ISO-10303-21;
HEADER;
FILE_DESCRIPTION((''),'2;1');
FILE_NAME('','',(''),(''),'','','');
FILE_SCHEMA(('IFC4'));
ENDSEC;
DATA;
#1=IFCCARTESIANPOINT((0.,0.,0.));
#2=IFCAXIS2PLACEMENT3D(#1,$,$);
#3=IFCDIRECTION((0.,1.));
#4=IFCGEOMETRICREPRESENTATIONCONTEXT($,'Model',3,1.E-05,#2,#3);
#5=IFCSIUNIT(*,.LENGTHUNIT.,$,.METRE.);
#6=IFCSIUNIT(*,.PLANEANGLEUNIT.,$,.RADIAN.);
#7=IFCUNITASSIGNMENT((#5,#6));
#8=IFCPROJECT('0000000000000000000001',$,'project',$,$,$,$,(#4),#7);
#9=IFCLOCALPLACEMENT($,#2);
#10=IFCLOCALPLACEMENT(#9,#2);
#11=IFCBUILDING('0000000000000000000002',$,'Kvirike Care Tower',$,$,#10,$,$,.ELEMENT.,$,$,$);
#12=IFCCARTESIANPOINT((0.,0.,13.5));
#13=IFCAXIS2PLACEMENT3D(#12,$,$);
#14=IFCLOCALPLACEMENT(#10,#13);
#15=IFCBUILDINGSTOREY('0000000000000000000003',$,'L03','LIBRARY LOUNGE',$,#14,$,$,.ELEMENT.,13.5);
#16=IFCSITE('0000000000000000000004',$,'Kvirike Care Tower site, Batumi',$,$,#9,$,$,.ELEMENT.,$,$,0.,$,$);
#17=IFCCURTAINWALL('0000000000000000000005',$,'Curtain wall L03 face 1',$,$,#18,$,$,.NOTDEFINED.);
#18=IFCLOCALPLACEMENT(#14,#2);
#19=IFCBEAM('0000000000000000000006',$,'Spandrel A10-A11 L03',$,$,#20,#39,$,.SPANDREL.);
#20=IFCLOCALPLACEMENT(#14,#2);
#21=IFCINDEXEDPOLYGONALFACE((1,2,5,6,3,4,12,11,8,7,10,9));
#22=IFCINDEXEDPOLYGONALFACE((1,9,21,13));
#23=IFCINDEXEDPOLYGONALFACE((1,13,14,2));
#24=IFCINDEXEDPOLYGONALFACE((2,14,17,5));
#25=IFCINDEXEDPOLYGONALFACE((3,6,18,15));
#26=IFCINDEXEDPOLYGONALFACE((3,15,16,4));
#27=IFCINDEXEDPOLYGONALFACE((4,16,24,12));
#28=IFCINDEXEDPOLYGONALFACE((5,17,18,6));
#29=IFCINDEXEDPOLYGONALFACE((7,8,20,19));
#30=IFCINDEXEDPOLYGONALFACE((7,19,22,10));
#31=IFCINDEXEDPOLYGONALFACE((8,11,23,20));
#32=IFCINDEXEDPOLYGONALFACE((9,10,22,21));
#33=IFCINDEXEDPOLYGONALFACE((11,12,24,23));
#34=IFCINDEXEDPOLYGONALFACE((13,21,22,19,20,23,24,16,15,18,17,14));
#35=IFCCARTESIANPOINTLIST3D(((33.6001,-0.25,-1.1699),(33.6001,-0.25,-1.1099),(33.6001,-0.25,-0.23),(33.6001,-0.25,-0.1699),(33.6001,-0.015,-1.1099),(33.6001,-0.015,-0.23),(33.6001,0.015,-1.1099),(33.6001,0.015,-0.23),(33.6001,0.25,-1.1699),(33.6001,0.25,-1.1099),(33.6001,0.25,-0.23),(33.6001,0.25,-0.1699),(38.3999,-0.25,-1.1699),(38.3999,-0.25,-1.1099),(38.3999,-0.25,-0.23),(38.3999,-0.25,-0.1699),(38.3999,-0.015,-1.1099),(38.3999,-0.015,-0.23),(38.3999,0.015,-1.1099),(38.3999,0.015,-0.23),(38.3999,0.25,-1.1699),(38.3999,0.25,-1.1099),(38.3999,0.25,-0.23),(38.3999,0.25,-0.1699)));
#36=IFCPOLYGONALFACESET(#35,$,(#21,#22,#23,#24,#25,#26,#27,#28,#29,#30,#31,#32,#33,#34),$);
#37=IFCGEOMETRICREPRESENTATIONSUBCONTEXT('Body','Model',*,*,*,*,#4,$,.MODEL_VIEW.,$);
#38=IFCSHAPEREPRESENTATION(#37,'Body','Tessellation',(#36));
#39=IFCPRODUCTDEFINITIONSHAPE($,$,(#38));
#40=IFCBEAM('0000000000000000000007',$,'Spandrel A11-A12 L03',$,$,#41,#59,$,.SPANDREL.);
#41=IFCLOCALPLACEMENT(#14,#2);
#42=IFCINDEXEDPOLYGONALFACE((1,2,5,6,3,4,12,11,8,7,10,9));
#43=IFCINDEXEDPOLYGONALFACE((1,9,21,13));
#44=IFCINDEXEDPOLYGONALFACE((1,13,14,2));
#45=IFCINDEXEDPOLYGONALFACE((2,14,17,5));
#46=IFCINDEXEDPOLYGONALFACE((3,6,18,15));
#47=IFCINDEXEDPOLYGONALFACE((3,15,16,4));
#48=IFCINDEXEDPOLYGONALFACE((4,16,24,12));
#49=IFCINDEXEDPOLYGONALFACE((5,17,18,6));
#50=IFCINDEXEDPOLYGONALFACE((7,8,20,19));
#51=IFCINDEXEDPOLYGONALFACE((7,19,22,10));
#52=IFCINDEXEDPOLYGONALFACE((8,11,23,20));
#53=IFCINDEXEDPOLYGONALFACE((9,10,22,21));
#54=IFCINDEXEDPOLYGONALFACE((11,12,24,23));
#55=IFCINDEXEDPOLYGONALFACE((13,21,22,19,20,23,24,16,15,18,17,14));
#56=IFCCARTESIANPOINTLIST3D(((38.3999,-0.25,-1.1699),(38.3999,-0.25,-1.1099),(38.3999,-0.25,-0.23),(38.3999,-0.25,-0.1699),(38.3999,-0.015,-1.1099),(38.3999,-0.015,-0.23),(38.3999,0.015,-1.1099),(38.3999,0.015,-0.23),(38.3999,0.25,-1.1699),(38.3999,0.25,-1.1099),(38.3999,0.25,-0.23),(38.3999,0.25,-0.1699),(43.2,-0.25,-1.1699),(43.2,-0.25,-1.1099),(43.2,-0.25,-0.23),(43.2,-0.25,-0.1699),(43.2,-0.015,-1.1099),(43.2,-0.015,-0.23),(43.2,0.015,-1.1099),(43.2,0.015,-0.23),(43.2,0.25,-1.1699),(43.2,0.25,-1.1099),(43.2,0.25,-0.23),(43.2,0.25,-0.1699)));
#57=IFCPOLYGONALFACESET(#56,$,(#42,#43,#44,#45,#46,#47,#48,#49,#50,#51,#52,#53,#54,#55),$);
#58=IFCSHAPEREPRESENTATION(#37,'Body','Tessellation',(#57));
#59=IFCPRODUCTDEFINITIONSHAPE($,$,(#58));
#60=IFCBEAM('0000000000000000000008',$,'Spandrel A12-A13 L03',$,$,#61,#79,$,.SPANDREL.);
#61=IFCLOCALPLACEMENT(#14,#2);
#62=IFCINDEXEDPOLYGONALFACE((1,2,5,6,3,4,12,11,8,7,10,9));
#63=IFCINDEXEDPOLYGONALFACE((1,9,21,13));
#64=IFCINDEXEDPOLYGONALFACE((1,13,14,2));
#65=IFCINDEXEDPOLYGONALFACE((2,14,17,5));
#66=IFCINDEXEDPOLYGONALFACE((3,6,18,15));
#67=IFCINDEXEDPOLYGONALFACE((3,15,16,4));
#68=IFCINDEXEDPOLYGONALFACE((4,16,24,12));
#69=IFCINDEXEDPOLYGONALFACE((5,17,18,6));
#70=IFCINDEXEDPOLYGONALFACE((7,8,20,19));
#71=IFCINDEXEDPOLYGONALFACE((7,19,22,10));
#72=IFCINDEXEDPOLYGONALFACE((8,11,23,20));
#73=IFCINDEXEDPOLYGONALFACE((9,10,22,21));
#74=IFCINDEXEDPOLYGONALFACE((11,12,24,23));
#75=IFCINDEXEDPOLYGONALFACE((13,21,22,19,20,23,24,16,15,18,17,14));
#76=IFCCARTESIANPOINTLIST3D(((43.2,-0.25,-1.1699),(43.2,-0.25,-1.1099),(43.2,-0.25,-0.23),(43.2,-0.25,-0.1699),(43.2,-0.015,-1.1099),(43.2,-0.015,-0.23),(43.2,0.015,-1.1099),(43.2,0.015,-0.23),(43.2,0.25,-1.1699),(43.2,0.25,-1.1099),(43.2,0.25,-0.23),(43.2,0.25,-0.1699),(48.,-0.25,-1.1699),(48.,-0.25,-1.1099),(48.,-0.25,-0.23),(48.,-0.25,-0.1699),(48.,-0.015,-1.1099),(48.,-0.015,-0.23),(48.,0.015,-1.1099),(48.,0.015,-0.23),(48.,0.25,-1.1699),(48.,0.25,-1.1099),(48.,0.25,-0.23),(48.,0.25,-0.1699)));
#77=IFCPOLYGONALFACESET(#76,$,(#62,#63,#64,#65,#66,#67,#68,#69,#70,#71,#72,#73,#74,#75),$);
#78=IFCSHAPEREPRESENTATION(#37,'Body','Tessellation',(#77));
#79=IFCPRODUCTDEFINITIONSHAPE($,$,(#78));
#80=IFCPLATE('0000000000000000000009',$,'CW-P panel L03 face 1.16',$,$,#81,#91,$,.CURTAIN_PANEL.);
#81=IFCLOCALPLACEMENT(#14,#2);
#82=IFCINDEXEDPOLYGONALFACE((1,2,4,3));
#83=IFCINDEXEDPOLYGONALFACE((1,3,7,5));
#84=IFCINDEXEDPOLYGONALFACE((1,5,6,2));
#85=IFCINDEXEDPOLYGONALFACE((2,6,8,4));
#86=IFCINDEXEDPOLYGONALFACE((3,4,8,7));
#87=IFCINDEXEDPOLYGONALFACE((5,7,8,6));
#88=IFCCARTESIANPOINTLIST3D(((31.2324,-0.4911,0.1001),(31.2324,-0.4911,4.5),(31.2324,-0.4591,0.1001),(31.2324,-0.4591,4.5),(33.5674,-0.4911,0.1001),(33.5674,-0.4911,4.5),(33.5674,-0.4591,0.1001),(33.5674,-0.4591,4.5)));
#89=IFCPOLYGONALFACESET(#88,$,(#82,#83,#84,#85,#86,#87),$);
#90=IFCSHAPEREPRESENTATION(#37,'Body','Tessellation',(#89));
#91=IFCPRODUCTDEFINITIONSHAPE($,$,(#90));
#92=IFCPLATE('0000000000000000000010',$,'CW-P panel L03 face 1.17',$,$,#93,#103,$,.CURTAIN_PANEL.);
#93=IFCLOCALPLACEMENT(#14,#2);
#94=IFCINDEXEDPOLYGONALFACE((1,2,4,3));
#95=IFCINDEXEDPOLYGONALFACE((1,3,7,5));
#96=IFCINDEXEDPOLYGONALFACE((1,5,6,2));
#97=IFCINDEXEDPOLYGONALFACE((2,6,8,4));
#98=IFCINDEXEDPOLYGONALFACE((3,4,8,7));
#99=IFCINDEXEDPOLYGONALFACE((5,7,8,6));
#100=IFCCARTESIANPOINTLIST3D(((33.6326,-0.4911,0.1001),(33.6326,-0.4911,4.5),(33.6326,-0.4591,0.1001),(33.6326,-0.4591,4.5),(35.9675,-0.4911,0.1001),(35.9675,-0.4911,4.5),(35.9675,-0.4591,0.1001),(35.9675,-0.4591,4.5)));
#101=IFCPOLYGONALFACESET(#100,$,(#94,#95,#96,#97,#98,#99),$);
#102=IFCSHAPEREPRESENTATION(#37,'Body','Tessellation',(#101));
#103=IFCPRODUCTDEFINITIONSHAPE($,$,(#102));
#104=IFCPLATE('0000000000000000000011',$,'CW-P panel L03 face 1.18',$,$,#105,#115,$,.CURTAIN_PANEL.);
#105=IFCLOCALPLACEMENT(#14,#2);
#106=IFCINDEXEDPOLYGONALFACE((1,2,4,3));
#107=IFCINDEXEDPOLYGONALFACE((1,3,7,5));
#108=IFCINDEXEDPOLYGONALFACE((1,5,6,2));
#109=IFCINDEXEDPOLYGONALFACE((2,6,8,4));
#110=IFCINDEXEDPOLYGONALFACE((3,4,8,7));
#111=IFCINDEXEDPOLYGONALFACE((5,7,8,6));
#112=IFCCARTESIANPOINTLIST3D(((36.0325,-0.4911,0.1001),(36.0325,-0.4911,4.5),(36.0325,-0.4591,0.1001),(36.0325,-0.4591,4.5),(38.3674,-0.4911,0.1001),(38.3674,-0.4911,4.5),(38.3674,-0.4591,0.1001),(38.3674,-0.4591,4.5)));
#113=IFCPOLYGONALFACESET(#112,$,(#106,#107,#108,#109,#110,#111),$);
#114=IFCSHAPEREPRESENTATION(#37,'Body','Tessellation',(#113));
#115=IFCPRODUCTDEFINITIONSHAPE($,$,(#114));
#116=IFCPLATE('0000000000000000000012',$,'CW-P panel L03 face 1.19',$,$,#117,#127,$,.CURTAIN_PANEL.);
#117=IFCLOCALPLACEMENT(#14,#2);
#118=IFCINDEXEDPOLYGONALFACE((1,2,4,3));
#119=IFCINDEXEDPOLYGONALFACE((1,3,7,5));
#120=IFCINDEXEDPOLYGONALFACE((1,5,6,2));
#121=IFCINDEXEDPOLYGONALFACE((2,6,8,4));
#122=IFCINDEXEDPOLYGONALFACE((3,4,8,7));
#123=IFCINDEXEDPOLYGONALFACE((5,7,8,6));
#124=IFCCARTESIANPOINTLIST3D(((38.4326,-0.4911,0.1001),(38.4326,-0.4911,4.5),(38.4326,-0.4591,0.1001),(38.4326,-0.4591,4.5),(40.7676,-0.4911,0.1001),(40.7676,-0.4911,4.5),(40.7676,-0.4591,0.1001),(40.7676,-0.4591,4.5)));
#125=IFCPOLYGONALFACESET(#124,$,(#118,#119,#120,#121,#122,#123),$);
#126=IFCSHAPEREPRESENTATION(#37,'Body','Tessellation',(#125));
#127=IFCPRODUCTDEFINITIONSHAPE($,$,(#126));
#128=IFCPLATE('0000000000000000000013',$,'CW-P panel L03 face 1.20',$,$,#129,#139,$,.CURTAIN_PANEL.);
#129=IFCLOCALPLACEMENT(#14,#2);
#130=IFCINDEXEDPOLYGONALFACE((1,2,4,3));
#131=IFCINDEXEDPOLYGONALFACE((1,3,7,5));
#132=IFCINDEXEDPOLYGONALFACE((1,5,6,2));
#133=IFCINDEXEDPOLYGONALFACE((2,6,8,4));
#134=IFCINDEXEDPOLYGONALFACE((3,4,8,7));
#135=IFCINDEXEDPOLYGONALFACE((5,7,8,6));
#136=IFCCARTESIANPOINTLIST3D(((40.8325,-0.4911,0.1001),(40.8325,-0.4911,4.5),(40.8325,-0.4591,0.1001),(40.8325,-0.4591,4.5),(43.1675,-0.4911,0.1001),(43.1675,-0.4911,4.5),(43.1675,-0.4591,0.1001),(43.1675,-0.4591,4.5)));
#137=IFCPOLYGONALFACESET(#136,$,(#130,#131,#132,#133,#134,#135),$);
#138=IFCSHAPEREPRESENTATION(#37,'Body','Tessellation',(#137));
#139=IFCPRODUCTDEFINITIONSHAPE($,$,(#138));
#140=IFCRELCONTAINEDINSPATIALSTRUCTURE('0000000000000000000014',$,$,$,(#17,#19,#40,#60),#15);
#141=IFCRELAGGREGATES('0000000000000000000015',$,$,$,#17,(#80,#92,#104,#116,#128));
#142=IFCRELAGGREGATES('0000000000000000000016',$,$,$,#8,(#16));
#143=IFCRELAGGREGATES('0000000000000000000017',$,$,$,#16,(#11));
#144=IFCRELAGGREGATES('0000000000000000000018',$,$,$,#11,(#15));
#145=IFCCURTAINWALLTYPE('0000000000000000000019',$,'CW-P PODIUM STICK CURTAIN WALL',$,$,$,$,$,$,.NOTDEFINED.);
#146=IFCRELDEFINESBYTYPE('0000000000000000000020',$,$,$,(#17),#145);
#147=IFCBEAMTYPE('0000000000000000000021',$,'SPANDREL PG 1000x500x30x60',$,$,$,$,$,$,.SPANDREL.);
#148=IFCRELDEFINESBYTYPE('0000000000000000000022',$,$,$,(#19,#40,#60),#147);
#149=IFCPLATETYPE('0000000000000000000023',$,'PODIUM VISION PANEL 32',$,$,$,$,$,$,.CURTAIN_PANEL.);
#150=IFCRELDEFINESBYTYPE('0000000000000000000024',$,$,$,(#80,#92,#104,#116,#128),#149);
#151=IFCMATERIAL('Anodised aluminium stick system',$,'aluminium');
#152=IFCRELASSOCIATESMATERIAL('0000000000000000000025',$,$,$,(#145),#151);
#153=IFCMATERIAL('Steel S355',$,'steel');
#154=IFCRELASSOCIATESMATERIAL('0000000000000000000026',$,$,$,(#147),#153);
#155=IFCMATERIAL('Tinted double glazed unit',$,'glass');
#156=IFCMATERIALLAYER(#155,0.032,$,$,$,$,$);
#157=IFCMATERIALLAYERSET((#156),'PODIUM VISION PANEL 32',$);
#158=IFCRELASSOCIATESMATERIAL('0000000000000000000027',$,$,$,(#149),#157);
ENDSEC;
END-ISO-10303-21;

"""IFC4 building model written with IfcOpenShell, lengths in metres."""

from ifc_helpers import new_model, si_unit, direction, frame, origin, origin_2d, place, context, subcontext, project, spatial, rectangle, i_section, extrude, material, layer, layer_set, material_profile, profile_set, type_object, element, aggregate, save


model = new_model("IFC4")

# Units and contexts
model_context = context("Model", 3, precision=1e-05, world=origin(), true_north=direction((0.0, 1.0)))
body_context = subcontext(model_context, "Body", "Model", "MODEL_VIEW")
ifc_project = project(units=[si_unit("LENGTHUNIT", "METRE"), si_unit("PLANEANGLEUNIT", "RADIAN")], contexts=[model_context])

# Site, building, storey
site_placement = place(None, origin())
site = spatial("IfcSite", under=ifc_project, at=site_placement, Name="Kvirike Care Tower site, Batumi", CompositionType="ELEMENT", RefElevation=0.0)
building_placement = place(site_placement, origin())
building = spatial("IfcBuilding", under=site, at=building_placement, Name="Kvirike Care Tower", CompositionType="ELEMENT")
storey_placement = place(building_placement, frame((0.0, 0.0, 13.5)))
storey = spatial("IfcBuildingStorey", under=building, at=storey_placement, Name="L03", Description="LIBRARY LOUNGE", CompositionType="ELEMENT", Elevation=13.5)

# Curtain wall
ifc_material_1 = material(Name="Anodised aluminium stick system", Category="aluminium")
curtain_wall_type = type_object("IfcCurtainWallType", Name="CW-P PODIUM STICK CURTAIN WALL", PredefinedType="NOTDEFINED", material=ifc_material_1)
curtain_wall_placement = place(storey_placement, origin())
curtain_wall = element("IfcCurtainWall", 1, at=curtain_wall_placement, inside=storey, type_object=curtain_wall_type, Name="Curtain wall L03 face 1", PredefinedType="NOTDEFINED")

# Beams
ifc_material_2 = material(Name="Steel S355", Category="steel")
ifc_material_profile_1 = material_profile(ifc_material_2, i_section(OverallWidth=0.5, OverallDepth=1.0, WebThickness=0.03, FlangeThickness=0.0601, at=origin_2d()), Name="PG 1000x500x30x60")
ifc_profile_set_1 = profile_set([ifc_material_profile_1], Name="Steel S355")
beam_type_1 = type_object("IfcBeamType", Name="SPANDREL PG 1000x500x30x60", PredefinedType="SPANDREL", material=ifc_profile_set_1)
beam_placement = place(storey_placement, frame((33.6001, 0.0, -0.6699), z_axis=(1.0, 0.0, 0.0), x_axis=(0.0, 1.0, 0.0)))
element("IfcBeam", 2, at=beam_placement, inside=storey, type_object=beam_type_1, Name="Spandrel A10-A11 L03", PredefinedType="SPANDREL", context=body_context, shape_type="SweptSolid", body=[
    extrude(i_section(OverallWidth=0.5, OverallDepth=1.0, WebThickness=0.03, FlangeThickness=0.0601, at=origin_2d()), origin(), (0.0, 0.0, 1.0), 4.7998),
])
for number, where, z_axis, x_axis, name in (
    (3, (38.3999, 0.0, -0.6699), (1.0, 0.0, 0.0), (0.0, 1.0, 0.0), "Spandrel A11-A12 L03"),
    (4, (43.2, 0.0, -0.6699), (1.0, 0.0, 0.0), (0.0, 1.0, 0.0), "Spandrel A12-A13 L03"),
):
    element("IfcBeam", number, at=place(storey_placement, frame(where, z_axis=z_axis, x_axis=x_axis)), inside=storey, type_object=beam_type_1, Name=name, PredefinedType="SPANDREL", context=body_context, shape_type="SweptSolid", body=[
        extrude(i_section(OverallWidth=0.5, OverallDepth=1.0, WebThickness=0.03, FlangeThickness=0.0601, at=origin_2d()), origin(), (0.0, 0.0, 1.0), 4.8),
    ])

# Plates
ifc_material_3 = material(Name="Tinted double glazed unit", Category="glass")
ifc_layer = layer(ifc_material_3, 0.032)
ifc_layer_set = layer_set([ifc_layer], Name="PODIUM VISION PANEL 32")
plate_type = type_object("IfcPlateType", Name="PODIUM VISION PANEL 32", PredefinedType="CURTAIN_PANEL", material=ifc_layer_set)
plate_1_placement = place(storey_placement, frame((32.3999, -0.4751, 0.1001), z_axis=(0.0, 0.0, 1.0), x_axis=(1.0, 0.0, 0.0)))
plate_1 = element("IfcPlate", 5, at=plate_1_placement, type_object=plate_type, Name="CW-P panel L03 face 1.16", PredefinedType="CURTAIN_PANEL", context=body_context, shape_type="SweptSolid", body=[
    extrude(rectangle(XDim=2.335, YDim=0.032, at=origin_2d()), origin(), (0.0, 0.0, 1.0), 4.3999),
])
plate_2_placement = place(storey_placement, frame((34.8, -0.4751, 0.1001), z_axis=(0.0, 0.0, 1.0), x_axis=(1.0, 0.0, 0.0)))
plate_2 = element("IfcPlate", 6, at=plate_2_placement, type_object=plate_type, Name="CW-P panel L03 face 1.17", PredefinedType="CURTAIN_PANEL", context=body_context, shape_type="SweptSolid", body=[
    extrude(rectangle(XDim=2.335, YDim=0.032, at=origin_2d()), origin(), (0.0, 0.0, 1.0), 4.3999),
])
plate_3_placement = place(storey_placement, frame((37.2, -0.4751, 0.1001), z_axis=(0.0, 0.0, 1.0), x_axis=(1.0, 0.0, 0.0)))
plate_3 = element("IfcPlate", 7, at=plate_3_placement, type_object=plate_type, Name="CW-P panel L03 face 1.18", PredefinedType="CURTAIN_PANEL", context=body_context, shape_type="SweptSolid", body=[
    extrude(rectangle(XDim=2.335, YDim=0.032, at=origin_2d()), origin(), (0.0, 0.0, 1.0), 4.3999),
])
plate_4_placement = place(storey_placement, frame((39.6001, -0.4751, 0.1001), z_axis=(0.0, 0.0, 1.0), x_axis=(1.0, 0.0, 0.0)))
plate_4 = element("IfcPlate", 8, at=plate_4_placement, type_object=plate_type, Name="CW-P panel L03 face 1.19", PredefinedType="CURTAIN_PANEL", context=body_context, shape_type="SweptSolid", body=[
    extrude(rectangle(XDim=2.335, YDim=0.032, at=origin_2d()), origin(), (0.0, 0.0, 1.0), 4.3999),
])
plate_5_placement = place(storey_placement, frame((42.0, -0.4751, 0.1001), z_axis=(0.0, 0.0, 1.0), x_axis=(1.0, 0.0, 0.0)))
plate_5 = element("IfcPlate", 9, at=plate_5_placement, type_object=plate_type, Name="CW-P panel L03 face 1.20", PredefinedType="CURTAIN_PANEL", context=body_context, shape_type="SweptSolid", body=[
    extrude(rectangle(XDim=2.335, YDim=0.032, at=origin_2d()), origin(), (0.0, 0.0, 1.0), 4.3999),
])
aggregate(curtain_wall, [plate_1, plate_2, plate_3, plate_4, plate_5])

save(model, "model.ifc")
